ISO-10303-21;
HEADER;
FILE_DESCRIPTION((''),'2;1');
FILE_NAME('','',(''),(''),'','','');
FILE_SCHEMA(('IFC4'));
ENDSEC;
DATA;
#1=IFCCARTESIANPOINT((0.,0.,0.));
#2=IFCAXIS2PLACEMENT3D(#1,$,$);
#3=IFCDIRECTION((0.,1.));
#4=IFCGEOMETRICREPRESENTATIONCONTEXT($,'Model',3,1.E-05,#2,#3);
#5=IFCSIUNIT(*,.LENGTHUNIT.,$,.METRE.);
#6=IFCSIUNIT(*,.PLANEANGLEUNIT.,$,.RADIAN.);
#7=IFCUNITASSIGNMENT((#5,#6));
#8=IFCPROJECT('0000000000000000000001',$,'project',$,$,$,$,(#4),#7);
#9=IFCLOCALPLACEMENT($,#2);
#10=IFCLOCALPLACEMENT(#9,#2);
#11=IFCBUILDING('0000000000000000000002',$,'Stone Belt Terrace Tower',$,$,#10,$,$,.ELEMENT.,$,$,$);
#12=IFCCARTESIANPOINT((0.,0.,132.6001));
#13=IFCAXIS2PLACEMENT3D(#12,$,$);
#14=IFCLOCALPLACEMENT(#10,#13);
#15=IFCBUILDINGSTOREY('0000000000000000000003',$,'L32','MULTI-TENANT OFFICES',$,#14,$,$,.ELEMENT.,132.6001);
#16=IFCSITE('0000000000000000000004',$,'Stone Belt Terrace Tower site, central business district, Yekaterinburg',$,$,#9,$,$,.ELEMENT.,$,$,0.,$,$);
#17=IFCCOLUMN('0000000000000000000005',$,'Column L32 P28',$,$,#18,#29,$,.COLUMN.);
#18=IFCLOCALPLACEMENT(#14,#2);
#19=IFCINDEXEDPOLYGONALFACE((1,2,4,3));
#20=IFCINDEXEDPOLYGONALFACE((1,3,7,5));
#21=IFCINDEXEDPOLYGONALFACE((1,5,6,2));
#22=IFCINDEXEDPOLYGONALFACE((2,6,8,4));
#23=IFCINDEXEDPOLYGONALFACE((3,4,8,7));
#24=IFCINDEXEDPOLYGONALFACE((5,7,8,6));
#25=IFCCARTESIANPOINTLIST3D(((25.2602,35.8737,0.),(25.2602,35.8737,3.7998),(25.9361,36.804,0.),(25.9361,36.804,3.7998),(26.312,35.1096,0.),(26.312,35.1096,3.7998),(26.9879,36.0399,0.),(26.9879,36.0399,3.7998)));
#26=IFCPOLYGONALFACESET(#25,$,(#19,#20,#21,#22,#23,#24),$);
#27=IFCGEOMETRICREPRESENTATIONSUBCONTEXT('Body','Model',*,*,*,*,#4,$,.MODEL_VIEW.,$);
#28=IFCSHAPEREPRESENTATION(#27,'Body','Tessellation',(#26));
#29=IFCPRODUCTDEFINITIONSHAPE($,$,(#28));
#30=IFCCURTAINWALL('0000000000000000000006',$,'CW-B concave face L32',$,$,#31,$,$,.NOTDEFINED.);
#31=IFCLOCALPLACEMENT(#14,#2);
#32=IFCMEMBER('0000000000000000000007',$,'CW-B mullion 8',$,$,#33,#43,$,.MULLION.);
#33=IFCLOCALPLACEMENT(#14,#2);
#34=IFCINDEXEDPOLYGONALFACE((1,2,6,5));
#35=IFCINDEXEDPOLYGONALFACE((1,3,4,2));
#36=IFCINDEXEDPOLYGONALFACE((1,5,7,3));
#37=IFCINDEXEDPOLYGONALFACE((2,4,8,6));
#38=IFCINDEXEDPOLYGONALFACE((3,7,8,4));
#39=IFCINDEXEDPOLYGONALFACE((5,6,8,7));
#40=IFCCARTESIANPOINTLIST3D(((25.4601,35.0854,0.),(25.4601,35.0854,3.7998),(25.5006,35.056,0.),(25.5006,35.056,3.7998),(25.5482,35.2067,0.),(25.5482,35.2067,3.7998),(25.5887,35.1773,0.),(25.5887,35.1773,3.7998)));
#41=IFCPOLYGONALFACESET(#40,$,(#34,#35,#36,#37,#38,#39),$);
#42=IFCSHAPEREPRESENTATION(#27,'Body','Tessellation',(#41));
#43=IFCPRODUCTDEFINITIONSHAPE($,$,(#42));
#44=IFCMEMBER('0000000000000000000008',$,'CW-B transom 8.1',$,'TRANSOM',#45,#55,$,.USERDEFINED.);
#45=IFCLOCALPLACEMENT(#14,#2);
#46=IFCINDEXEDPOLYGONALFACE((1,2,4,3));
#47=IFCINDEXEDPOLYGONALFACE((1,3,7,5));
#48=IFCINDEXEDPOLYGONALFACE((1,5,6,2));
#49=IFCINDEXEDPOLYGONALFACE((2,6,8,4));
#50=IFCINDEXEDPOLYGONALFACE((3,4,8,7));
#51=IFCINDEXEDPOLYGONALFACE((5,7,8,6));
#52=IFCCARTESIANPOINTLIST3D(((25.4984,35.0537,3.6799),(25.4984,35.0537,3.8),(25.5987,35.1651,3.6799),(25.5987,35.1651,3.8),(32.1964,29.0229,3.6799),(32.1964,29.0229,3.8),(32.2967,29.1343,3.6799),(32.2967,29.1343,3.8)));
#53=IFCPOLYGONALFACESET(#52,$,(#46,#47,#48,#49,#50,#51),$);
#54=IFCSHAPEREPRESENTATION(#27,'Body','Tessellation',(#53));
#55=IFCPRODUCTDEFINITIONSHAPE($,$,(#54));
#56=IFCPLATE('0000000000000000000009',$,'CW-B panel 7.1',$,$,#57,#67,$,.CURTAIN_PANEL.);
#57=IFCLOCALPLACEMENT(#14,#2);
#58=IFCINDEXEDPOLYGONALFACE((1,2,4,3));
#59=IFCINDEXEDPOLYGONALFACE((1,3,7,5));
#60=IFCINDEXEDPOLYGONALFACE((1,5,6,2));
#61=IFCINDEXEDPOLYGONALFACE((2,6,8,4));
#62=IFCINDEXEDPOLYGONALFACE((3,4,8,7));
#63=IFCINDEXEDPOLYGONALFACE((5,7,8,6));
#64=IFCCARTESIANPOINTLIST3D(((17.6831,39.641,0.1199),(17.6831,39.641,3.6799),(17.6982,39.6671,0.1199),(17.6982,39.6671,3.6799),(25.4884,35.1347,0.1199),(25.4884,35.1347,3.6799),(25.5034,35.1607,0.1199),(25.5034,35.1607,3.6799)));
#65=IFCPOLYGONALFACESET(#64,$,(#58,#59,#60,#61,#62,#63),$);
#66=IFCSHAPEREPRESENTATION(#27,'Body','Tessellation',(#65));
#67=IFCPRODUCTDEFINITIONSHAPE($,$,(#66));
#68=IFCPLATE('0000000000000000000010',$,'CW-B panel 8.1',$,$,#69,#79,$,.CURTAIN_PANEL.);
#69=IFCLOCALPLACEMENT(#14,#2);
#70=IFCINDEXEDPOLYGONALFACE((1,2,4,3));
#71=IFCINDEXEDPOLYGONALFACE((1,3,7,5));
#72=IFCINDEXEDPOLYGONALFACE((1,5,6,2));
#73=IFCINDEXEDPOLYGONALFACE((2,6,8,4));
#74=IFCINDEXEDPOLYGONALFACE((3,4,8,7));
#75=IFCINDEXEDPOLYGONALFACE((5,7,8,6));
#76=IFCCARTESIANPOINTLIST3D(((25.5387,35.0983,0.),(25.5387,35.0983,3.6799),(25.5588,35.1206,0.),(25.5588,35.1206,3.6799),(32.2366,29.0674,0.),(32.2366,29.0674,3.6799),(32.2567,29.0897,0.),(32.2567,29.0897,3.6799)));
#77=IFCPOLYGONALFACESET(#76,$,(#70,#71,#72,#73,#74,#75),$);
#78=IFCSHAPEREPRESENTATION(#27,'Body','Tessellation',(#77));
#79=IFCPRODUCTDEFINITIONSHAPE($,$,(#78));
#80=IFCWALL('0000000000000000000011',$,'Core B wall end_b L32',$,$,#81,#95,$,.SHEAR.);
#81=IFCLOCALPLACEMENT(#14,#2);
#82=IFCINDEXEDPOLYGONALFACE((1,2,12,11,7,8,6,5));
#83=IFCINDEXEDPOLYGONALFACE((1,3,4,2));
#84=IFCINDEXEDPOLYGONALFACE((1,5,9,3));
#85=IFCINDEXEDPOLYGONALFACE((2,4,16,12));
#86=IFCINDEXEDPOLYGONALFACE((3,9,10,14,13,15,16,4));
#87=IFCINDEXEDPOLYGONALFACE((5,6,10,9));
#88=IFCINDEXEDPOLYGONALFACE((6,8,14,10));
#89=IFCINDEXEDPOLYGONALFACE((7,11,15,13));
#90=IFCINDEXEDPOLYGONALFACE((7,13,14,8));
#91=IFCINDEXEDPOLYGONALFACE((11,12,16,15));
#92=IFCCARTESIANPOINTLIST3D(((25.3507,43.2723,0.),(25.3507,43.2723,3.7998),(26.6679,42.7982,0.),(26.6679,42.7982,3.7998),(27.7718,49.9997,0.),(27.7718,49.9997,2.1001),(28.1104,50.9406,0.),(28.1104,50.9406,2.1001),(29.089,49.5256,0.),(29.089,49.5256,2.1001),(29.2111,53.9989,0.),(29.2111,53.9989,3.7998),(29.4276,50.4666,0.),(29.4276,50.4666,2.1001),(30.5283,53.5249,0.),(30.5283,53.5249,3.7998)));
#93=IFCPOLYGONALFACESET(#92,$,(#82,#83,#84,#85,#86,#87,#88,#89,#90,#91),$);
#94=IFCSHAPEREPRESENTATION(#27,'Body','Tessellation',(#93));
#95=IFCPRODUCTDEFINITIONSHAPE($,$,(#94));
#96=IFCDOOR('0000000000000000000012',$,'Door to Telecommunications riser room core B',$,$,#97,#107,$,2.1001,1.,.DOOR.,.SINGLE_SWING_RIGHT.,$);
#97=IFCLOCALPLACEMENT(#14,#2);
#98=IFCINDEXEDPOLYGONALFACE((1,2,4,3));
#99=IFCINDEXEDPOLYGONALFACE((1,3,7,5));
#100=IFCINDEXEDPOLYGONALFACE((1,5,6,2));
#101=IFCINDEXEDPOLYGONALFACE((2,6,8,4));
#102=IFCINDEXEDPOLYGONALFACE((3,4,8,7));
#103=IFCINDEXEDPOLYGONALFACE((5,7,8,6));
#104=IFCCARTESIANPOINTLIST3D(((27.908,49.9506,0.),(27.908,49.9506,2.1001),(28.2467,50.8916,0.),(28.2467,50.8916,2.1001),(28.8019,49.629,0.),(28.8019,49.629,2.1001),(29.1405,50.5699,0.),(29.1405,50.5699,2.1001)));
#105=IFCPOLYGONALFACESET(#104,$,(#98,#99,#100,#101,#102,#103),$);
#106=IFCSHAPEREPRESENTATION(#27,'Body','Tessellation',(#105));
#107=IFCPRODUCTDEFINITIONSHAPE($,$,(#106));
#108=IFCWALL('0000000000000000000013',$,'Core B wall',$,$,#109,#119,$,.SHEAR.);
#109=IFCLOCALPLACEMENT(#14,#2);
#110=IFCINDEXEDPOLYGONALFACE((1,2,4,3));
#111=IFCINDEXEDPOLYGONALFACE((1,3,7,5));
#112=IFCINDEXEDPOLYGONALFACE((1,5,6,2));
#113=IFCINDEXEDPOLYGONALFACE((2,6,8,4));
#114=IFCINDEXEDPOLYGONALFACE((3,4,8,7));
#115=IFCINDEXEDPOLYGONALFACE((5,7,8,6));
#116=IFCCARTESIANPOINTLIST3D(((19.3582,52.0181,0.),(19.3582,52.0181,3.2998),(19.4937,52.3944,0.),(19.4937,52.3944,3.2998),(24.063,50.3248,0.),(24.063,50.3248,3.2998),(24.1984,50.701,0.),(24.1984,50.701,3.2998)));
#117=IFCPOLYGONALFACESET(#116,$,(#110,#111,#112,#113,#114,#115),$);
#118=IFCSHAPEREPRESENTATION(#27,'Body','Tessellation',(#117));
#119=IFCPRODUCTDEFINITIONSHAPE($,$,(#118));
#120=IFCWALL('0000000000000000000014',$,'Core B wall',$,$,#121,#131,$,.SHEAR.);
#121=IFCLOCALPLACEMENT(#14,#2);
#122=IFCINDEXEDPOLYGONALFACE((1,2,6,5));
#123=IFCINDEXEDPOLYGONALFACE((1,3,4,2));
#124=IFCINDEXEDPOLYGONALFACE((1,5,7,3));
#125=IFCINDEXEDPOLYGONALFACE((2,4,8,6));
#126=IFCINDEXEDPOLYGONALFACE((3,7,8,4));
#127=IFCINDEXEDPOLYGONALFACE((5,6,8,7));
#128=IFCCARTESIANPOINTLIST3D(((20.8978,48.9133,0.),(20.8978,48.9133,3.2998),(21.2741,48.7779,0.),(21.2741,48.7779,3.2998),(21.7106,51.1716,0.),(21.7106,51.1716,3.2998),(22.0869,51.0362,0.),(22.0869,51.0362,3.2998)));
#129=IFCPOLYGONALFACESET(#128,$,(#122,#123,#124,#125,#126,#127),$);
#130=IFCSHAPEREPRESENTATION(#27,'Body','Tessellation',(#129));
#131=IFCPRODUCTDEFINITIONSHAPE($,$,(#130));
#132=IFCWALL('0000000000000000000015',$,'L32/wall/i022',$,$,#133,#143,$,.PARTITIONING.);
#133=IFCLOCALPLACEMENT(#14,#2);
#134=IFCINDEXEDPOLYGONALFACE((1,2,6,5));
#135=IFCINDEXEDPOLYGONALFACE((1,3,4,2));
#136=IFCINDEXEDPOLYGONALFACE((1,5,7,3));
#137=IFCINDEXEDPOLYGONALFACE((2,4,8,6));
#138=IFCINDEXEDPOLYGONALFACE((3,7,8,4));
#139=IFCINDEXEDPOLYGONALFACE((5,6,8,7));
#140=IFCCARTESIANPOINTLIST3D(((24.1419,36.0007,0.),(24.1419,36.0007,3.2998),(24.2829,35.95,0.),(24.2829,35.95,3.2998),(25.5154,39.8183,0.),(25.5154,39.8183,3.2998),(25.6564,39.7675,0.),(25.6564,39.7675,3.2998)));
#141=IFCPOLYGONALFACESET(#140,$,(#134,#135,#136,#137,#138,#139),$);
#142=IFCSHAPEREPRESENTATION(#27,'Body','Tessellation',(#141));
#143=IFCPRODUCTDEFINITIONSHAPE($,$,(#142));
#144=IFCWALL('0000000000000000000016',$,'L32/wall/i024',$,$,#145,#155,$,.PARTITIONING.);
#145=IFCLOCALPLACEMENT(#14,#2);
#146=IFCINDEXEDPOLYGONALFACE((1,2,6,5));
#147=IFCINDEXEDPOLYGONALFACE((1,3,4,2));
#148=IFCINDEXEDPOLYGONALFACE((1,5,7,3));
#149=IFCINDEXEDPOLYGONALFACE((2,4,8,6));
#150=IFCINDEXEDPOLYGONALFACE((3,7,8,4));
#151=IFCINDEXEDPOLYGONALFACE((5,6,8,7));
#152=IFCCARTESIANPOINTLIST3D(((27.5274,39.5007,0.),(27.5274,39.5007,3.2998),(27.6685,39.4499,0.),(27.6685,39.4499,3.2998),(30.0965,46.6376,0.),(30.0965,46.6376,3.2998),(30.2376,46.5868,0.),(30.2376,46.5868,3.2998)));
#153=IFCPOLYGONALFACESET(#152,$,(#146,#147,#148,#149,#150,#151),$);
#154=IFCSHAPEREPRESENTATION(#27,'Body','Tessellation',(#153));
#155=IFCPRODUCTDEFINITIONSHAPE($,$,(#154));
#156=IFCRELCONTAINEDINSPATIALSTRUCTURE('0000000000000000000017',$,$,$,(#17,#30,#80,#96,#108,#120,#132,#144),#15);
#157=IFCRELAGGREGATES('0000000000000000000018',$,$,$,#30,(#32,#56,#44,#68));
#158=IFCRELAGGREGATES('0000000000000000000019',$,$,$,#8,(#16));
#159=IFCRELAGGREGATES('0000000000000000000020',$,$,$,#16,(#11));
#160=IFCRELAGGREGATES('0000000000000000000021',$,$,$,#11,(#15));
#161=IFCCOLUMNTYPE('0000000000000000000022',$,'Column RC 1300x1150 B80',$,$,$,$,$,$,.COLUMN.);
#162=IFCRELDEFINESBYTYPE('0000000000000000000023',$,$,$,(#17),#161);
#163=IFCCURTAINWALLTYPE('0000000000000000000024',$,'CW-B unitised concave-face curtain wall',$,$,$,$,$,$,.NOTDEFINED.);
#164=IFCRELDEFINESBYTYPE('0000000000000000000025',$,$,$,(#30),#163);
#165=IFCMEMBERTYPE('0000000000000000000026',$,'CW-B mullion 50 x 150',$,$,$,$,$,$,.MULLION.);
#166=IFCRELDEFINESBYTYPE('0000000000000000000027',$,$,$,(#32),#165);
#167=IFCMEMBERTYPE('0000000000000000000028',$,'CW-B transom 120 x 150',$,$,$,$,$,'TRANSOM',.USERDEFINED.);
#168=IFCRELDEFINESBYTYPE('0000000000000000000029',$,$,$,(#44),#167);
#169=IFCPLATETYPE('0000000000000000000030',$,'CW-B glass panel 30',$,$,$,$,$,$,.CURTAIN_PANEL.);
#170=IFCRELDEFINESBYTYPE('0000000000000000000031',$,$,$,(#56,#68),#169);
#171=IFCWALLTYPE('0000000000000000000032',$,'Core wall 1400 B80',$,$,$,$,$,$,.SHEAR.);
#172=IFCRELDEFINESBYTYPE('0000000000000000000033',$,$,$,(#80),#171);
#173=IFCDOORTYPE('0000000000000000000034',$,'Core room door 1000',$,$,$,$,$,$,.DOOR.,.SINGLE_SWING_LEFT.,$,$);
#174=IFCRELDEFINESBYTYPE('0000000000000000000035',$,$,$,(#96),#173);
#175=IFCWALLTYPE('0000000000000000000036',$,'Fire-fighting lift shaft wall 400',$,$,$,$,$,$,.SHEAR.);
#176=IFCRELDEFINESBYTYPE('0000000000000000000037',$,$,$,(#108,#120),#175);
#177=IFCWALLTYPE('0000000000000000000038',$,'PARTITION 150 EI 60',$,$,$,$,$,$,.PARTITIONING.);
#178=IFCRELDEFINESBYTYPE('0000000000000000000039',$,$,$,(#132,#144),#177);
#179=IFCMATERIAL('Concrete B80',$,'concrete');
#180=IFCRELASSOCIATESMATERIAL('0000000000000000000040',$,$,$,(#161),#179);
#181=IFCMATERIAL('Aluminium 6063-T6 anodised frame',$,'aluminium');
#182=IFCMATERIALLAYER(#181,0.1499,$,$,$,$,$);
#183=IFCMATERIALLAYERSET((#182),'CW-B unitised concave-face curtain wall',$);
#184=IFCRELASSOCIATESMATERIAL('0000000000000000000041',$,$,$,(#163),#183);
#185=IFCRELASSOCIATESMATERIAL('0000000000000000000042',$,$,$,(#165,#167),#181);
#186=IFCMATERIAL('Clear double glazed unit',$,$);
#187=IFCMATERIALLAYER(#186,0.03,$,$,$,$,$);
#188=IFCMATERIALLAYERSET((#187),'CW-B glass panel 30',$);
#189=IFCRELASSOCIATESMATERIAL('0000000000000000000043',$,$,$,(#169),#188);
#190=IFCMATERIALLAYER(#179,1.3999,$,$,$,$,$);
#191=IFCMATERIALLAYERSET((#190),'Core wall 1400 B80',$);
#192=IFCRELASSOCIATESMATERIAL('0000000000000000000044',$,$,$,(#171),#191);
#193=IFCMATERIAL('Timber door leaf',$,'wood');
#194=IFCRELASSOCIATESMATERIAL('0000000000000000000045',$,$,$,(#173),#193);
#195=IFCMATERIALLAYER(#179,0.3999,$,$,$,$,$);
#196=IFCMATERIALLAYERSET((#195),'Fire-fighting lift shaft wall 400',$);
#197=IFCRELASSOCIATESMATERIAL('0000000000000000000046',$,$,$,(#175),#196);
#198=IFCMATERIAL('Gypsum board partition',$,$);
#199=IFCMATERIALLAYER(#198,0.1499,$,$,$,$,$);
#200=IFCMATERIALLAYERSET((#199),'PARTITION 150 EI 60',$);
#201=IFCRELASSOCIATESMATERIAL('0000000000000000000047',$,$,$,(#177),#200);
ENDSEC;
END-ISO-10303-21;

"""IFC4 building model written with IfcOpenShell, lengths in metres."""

from ifc_helpers import new_model, si_unit, direction, frame, frame_2d, origin, origin_2d, place, context, subcontext, project, spatial, rectangle, extrude, material, layer, layer_set, material_profile, profile_set, type_object, element, fill, aggregate, save


model = new_model("IFC4")

# Units and contexts
model_context = context("Model", 3, precision=1e-05, world=origin(), true_north=direction((0.0, 1.0)))
body_context = subcontext(model_context, "Body", "Model", "MODEL_VIEW")
ifc_project = project(units=[si_unit("LENGTHUNIT", "METRE"), si_unit("PLANEANGLEUNIT", "RADIAN")], contexts=[model_context])

# Site, building, storey
site_placement = place(None, origin())
site = spatial("IfcSite", under=ifc_project, at=site_placement, Name="Stone Belt Terrace Tower site, central business district, Yekaterinburg", CompositionType="ELEMENT", RefElevation=0.0)
building_placement = place(site_placement, origin())
building = spatial("IfcBuilding", under=site, at=building_placement, Name="Stone Belt Terrace Tower", CompositionType="ELEMENT")
storey_placement = place(building_placement, frame((0.0, 0.0, 132.6001)))
storey = spatial("IfcBuildingStorey", under=building, at=storey_placement, Name="L32", Description="MULTI-TENANT OFFICES", CompositionType="ELEMENT", Elevation=132.6001)

# Column
ifc_material_1 = material(Name="Concrete B80", Category="concrete")
ifc_material_profile_1 = material_profile(ifc_material_1, rectangle(XDim=1.3, YDim=1.1499, at=origin_2d()), Name="RC 1300x1150")
ifc_profile_set_1 = profile_set([ifc_material_profile_1], Name="Concrete B80")
column_type = type_object("IfcColumnType", Name="Column RC 1300x1150 B80", PredefinedType="COLUMN", material=ifc_profile_set_1)
column_placement = place(storey_placement, frame((26.124, 35.9568, 0.0), z_axis=(0.0, 0.0, 1.0), x_axis=(0.809017, -0.587785, 0.0)))
element("IfcColumn", 1, at=column_placement, inside=storey, type_object=column_type, Name="Column L32 P28", PredefinedType="COLUMN", context=body_context, shape_type="SweptSolid", body=[
    extrude(rectangle(XDim=1.3, YDim=1.1499, at=origin_2d()), origin(), (0.0, 0.0, 1.0), 3.7998),
])

# Curtain wall, members, plates
ifc_material_2 = material(Name="Aluminium 6063-T6 anodised frame", Category="aluminium")
ifc_layer_1 = layer(ifc_material_2, 0.1499)
ifc_layer_set_1 = layer_set([ifc_layer_1], Name="CW-B unitised concave-face curtain wall")
curtain_wall_type = type_object("IfcCurtainWallType", Name="CW-B unitised concave-face curtain wall", PredefinedType="NOTDEFINED", material=ifc_layer_set_1)
curtain_wall_placement = place(storey_placement, origin())
curtain_wall = element("IfcCurtainWall", 2, at=curtain_wall_placement, inside=storey, type_object=curtain_wall_type, Name="CW-B concave face L32", PredefinedType="NOTDEFINED")
ifc_material_profile_2 = material_profile(ifc_material_2, rectangle(XDim=0.1499, YDim=0.05, at=origin_2d()), Name="Aluminium 6063-T6 50x150")
ifc_profile_set_2 = profile_set([ifc_material_profile_2], Name="Aluminium 6063-T6 anodised frame")
member_type_1 = type_object("IfcMemberType", Name="CW-B mullion 50 x 150", PredefinedType="MULLION", material=ifc_profile_set_2)
member_1_placement = place(storey_placement, frame((25.5244, 35.1313, 0.0), z_axis=(0.0, 0.0, 1.0), x_axis=(0.587785, 0.809017, 0.0)))
member_1 = element("IfcMember", 3, at=member_1_placement, type_object=member_type_1, Name="CW-B mullion 8", PredefinedType="MULLION", context=body_context, shape_type="SweptSolid", body=[
    extrude(rectangle(XDim=0.1499, YDim=0.05, at=origin_2d()), origin(), (0.0, 0.0, 1.0), 3.7998),
])
ifc_material_profile_3 = material_profile(ifc_material_2, rectangle(XDim=0.1499, YDim=0.1201, at=origin_2d()), Name="Aluminium 6063-T6 150x120")
ifc_profile_set_3 = profile_set([ifc_material_profile_3], Name="Aluminium 6063-T6 anodised frame")
member_type_2 = type_object("IfcMemberType", Name="CW-B transom 120 x 150", ElementType="TRANSOM", PredefinedType="USERDEFINED", material=ifc_profile_set_3)
member_2_placement = place(storey_placement, frame((25.5486, 35.1094, 3.74), z_axis=(0.743153, -0.669122, 0.0), x_axis=(0.669122, 0.743153, 0.0)))
member_2 = element("IfcMember", 4, at=member_2_placement, type_object=member_type_2, Name="CW-B transom 8.1", ObjectType="TRANSOM", PredefinedType="USERDEFINED", context=body_context, shape_type="SweptSolid", body=[
    extrude(rectangle(XDim=0.1499, YDim=0.1201, at=origin_2d()), origin(), (0.0, 0.0, 1.0), 9.0129),
])
ifc_material_3 = material(Name="Clear double glazed unit")
ifc_layer_2 = layer(ifc_material_3, 0.03)
ifc_layer_set_2 = layer_set([ifc_layer_2], Name="CW-B glass panel 30")
plate_type = type_object("IfcPlateType", Name="CW-B glass panel 30", PredefinedType="CURTAIN_PANEL", material=ifc_layer_set_2)
plate_1_placement = place(storey_placement, frame((21.5933, 37.4009, 0.1199), z_axis=(0.0, 0.0, 1.0), x_axis=(0.866025, -0.5, 0.0)))
plate_1 = element("IfcPlate", 5, at=plate_1_placement, type_object=plate_type, Name="CW-B panel 7.1", PredefinedType="CURTAIN_PANEL", context=body_context, shape_type="SweptSolid", body=[
    extrude(rectangle(XDim=9.0127, YDim=0.03, at=origin_2d()), origin(), (0.0, 0.0, 1.0), 3.5601),
])
plate_2_placement = place(storey_placement, frame((28.8977, 32.094, 0.0), z_axis=(0.0, 0.0, 1.0), x_axis=(0.743145, -0.669131, 0.0)))
plate_2 = element("IfcPlate", 6, at=plate_2_placement, type_object=plate_type, Name="CW-B panel 8.1", PredefinedType="CURTAIN_PANEL", context=body_context, shape_type="SweptSolid", body=[
    extrude(rectangle(XDim=9.0129, YDim=0.03, at=origin_2d()), origin(), (0.0, 0.0, 1.0), 3.6799),
])
aggregate(curtain_wall, [member_1, plate_1, member_2, plate_2])

# Wall, opening, door
ifc_layer_3 = layer(ifc_material_1, 1.3999)
ifc_layer_set_3 = layer_set([ifc_layer_3], Name="Core wall 1400 B80")
wall_type_1 = type_object("IfcWallType", Name="Core wall 1400 B80", PredefinedType="SHEAR", material=ifc_layer_set_3)
wall_1_placement = place(storey_placement, frame((26.0093, 43.0352, 0.0), z_axis=(0.0, 0.0, 1.0), x_axis=(0.338625, 0.940921, 0.0)))
wall_1 = element("IfcWall", 7, at=wall_1_placement, inside=storey, type_object=wall_type_1, Name="Core B wall end_b L32", PredefinedType="SHEAR", context=body_context, shape_type="SweptSolid", body=[
    extrude(rectangle(XDim=11.4001, YDim=1.3999, at=frame_2d((5.7002, 0.0))), origin(), (0.0, 0.0, 1.0), 3.7998),
])
opening_1_placement = place(wall_1_placement, frame((7.1499, 0.0, 0.0)))
opening_1 = element("IfcOpeningElement", 8, at=opening_1_placement, cuts=wall_1, PredefinedType="OPENING", context=body_context, shape_type="SweptSolid", body=[
    extrude(rectangle(XDim=1.0, YDim=2.1001, at=frame_2d((0.5, 1.05))), frame((0.0, 0.71, 0.0), z_axis=(0.0, -1.0, 0.0), x_axis=(1.0, 0.0, 0.0)), (0.0, 0.0, 1.0), 1.4199),
])
ifc_material_4 = material(Name="Timber door leaf", Category="wood")
door_type_1 = type_object("IfcDoorType", Name="Core room door 1000", OperationType="SINGLE_SWING_LEFT", PredefinedType="DOOR", material=ifc_material_4)
door_1_placement = place(opening_1_placement, origin())
door_1 = element("IfcDoor", 9, at=door_1_placement, inside=storey, type_object=door_type_1, Name="Door to Telecommunications riser room core B", OperationType="SINGLE_SWING_RIGHT", OverallHeight=2.1001, OverallWidth=1.0, PredefinedType="DOOR", context=body_context, shape_type="SweptSolid", body=[
    extrude(rectangle(XDim=1.0, YDim=2.1001, at=frame_2d((0.5, 1.05))), frame((0.0, 0.5552, 0.0), z_axis=(0.0, -1.0, 0.0), x_axis=(1.0, 0.0, 0.0)), (0.0, 0.0, 1.0), 0.95),
])
fill(opening_1, door_1)

# Walls
ifc_layer_4 = layer(ifc_material_1, 0.3999)
ifc_layer_set_4 = layer_set([ifc_layer_4], Name="Fire-fighting lift shaft wall 400")
wall_type_2 = type_object("IfcWallType", Name="Fire-fighting lift shaft wall 400", PredefinedType="SHEAR", material=ifc_layer_set_4)
wall_2_placement = place(storey_placement, frame((24.1306, 50.5129, 0.0), z_axis=(0.0, 0.0, 1.0), x_axis=(-0.940912, 0.338652, 0.0)))
element("IfcWall", 10, at=wall_2_placement, inside=storey, type_object=wall_type_2, Name="Core B wall", PredefinedType="SHEAR", context=body_context, shape_type="SweptSolid", body=[
    extrude(rectangle(XDim=5.0002, YDim=0.3999, at=frame_2d((2.5, 0.0))), origin(), (0.0, 0.0, 1.0), 3.2998),
])
wall_3_placement = place(storey_placement, frame((21.0859, 48.8455, 0.0), z_axis=(0.0, 0.0, 1.0), x_axis=(0.338629, 0.94092, 0.0)))
element("IfcWall", 11, at=wall_3_placement, inside=storey, type_object=wall_type_2, Name="Core B wall", PredefinedType="SHEAR", context=body_context, shape_type="SweptSolid", body=[
    extrude(rectangle(XDim=2.4001, YDim=0.3999, at=frame_2d((1.2002, 0.0))), origin(), (0.0, 0.0, 1.0), 3.2998),
])
ifc_material_5 = material(Name="Gypsum board partition")
ifc_layer_5 = layer(ifc_material_5, 0.1499)
ifc_layer_set_5 = layer_set([ifc_layer_5], Name="PARTITION 150 EI 60")
wall_type_3 = type_object("IfcWallType", Name="PARTITION 150 EI 60", PredefinedType="PARTITIONING", material=ifc_layer_set_5)
wall_4_placement = place(storey_placement, frame((24.2124, 35.9753, 0.0), z_axis=(0.0, 0.0, 1.0), x_axis=(0.338543, 0.940951, 0.0)))
element("IfcWall", 12, at=wall_4_placement, inside=storey, type_object=wall_type_3, Name="L32/wall/i022", PredefinedType="PARTITIONING", context=body_context, shape_type="SweptSolid", body=[
    extrude(rectangle(XDim=4.0571, YDim=0.1499, at=frame_2d((2.0286, 0.0))), origin(), (0.0, 0.0, 1.0), 3.2998),
])
wall_5_placement = place(storey_placement, frame((30.167, 46.6121, 0.0), z_axis=(0.0, 0.0, 1.0), x_axis=(-0.338694, -0.940896, 0.0)))
element("IfcWall", 13, at=wall_5_placement, inside=storey, type_object=wall_type_3, Name="L32/wall/i024", PredefinedType="PARTITIONING", context=body_context, shape_type="SweptSolid", body=[
    extrude(rectangle(XDim=7.5852, YDim=0.1499, at=frame_2d((3.7925, 0.0))), origin(), (0.0, 0.0, 1.0), 3.2998),
])

save(model, "model.ifc")
